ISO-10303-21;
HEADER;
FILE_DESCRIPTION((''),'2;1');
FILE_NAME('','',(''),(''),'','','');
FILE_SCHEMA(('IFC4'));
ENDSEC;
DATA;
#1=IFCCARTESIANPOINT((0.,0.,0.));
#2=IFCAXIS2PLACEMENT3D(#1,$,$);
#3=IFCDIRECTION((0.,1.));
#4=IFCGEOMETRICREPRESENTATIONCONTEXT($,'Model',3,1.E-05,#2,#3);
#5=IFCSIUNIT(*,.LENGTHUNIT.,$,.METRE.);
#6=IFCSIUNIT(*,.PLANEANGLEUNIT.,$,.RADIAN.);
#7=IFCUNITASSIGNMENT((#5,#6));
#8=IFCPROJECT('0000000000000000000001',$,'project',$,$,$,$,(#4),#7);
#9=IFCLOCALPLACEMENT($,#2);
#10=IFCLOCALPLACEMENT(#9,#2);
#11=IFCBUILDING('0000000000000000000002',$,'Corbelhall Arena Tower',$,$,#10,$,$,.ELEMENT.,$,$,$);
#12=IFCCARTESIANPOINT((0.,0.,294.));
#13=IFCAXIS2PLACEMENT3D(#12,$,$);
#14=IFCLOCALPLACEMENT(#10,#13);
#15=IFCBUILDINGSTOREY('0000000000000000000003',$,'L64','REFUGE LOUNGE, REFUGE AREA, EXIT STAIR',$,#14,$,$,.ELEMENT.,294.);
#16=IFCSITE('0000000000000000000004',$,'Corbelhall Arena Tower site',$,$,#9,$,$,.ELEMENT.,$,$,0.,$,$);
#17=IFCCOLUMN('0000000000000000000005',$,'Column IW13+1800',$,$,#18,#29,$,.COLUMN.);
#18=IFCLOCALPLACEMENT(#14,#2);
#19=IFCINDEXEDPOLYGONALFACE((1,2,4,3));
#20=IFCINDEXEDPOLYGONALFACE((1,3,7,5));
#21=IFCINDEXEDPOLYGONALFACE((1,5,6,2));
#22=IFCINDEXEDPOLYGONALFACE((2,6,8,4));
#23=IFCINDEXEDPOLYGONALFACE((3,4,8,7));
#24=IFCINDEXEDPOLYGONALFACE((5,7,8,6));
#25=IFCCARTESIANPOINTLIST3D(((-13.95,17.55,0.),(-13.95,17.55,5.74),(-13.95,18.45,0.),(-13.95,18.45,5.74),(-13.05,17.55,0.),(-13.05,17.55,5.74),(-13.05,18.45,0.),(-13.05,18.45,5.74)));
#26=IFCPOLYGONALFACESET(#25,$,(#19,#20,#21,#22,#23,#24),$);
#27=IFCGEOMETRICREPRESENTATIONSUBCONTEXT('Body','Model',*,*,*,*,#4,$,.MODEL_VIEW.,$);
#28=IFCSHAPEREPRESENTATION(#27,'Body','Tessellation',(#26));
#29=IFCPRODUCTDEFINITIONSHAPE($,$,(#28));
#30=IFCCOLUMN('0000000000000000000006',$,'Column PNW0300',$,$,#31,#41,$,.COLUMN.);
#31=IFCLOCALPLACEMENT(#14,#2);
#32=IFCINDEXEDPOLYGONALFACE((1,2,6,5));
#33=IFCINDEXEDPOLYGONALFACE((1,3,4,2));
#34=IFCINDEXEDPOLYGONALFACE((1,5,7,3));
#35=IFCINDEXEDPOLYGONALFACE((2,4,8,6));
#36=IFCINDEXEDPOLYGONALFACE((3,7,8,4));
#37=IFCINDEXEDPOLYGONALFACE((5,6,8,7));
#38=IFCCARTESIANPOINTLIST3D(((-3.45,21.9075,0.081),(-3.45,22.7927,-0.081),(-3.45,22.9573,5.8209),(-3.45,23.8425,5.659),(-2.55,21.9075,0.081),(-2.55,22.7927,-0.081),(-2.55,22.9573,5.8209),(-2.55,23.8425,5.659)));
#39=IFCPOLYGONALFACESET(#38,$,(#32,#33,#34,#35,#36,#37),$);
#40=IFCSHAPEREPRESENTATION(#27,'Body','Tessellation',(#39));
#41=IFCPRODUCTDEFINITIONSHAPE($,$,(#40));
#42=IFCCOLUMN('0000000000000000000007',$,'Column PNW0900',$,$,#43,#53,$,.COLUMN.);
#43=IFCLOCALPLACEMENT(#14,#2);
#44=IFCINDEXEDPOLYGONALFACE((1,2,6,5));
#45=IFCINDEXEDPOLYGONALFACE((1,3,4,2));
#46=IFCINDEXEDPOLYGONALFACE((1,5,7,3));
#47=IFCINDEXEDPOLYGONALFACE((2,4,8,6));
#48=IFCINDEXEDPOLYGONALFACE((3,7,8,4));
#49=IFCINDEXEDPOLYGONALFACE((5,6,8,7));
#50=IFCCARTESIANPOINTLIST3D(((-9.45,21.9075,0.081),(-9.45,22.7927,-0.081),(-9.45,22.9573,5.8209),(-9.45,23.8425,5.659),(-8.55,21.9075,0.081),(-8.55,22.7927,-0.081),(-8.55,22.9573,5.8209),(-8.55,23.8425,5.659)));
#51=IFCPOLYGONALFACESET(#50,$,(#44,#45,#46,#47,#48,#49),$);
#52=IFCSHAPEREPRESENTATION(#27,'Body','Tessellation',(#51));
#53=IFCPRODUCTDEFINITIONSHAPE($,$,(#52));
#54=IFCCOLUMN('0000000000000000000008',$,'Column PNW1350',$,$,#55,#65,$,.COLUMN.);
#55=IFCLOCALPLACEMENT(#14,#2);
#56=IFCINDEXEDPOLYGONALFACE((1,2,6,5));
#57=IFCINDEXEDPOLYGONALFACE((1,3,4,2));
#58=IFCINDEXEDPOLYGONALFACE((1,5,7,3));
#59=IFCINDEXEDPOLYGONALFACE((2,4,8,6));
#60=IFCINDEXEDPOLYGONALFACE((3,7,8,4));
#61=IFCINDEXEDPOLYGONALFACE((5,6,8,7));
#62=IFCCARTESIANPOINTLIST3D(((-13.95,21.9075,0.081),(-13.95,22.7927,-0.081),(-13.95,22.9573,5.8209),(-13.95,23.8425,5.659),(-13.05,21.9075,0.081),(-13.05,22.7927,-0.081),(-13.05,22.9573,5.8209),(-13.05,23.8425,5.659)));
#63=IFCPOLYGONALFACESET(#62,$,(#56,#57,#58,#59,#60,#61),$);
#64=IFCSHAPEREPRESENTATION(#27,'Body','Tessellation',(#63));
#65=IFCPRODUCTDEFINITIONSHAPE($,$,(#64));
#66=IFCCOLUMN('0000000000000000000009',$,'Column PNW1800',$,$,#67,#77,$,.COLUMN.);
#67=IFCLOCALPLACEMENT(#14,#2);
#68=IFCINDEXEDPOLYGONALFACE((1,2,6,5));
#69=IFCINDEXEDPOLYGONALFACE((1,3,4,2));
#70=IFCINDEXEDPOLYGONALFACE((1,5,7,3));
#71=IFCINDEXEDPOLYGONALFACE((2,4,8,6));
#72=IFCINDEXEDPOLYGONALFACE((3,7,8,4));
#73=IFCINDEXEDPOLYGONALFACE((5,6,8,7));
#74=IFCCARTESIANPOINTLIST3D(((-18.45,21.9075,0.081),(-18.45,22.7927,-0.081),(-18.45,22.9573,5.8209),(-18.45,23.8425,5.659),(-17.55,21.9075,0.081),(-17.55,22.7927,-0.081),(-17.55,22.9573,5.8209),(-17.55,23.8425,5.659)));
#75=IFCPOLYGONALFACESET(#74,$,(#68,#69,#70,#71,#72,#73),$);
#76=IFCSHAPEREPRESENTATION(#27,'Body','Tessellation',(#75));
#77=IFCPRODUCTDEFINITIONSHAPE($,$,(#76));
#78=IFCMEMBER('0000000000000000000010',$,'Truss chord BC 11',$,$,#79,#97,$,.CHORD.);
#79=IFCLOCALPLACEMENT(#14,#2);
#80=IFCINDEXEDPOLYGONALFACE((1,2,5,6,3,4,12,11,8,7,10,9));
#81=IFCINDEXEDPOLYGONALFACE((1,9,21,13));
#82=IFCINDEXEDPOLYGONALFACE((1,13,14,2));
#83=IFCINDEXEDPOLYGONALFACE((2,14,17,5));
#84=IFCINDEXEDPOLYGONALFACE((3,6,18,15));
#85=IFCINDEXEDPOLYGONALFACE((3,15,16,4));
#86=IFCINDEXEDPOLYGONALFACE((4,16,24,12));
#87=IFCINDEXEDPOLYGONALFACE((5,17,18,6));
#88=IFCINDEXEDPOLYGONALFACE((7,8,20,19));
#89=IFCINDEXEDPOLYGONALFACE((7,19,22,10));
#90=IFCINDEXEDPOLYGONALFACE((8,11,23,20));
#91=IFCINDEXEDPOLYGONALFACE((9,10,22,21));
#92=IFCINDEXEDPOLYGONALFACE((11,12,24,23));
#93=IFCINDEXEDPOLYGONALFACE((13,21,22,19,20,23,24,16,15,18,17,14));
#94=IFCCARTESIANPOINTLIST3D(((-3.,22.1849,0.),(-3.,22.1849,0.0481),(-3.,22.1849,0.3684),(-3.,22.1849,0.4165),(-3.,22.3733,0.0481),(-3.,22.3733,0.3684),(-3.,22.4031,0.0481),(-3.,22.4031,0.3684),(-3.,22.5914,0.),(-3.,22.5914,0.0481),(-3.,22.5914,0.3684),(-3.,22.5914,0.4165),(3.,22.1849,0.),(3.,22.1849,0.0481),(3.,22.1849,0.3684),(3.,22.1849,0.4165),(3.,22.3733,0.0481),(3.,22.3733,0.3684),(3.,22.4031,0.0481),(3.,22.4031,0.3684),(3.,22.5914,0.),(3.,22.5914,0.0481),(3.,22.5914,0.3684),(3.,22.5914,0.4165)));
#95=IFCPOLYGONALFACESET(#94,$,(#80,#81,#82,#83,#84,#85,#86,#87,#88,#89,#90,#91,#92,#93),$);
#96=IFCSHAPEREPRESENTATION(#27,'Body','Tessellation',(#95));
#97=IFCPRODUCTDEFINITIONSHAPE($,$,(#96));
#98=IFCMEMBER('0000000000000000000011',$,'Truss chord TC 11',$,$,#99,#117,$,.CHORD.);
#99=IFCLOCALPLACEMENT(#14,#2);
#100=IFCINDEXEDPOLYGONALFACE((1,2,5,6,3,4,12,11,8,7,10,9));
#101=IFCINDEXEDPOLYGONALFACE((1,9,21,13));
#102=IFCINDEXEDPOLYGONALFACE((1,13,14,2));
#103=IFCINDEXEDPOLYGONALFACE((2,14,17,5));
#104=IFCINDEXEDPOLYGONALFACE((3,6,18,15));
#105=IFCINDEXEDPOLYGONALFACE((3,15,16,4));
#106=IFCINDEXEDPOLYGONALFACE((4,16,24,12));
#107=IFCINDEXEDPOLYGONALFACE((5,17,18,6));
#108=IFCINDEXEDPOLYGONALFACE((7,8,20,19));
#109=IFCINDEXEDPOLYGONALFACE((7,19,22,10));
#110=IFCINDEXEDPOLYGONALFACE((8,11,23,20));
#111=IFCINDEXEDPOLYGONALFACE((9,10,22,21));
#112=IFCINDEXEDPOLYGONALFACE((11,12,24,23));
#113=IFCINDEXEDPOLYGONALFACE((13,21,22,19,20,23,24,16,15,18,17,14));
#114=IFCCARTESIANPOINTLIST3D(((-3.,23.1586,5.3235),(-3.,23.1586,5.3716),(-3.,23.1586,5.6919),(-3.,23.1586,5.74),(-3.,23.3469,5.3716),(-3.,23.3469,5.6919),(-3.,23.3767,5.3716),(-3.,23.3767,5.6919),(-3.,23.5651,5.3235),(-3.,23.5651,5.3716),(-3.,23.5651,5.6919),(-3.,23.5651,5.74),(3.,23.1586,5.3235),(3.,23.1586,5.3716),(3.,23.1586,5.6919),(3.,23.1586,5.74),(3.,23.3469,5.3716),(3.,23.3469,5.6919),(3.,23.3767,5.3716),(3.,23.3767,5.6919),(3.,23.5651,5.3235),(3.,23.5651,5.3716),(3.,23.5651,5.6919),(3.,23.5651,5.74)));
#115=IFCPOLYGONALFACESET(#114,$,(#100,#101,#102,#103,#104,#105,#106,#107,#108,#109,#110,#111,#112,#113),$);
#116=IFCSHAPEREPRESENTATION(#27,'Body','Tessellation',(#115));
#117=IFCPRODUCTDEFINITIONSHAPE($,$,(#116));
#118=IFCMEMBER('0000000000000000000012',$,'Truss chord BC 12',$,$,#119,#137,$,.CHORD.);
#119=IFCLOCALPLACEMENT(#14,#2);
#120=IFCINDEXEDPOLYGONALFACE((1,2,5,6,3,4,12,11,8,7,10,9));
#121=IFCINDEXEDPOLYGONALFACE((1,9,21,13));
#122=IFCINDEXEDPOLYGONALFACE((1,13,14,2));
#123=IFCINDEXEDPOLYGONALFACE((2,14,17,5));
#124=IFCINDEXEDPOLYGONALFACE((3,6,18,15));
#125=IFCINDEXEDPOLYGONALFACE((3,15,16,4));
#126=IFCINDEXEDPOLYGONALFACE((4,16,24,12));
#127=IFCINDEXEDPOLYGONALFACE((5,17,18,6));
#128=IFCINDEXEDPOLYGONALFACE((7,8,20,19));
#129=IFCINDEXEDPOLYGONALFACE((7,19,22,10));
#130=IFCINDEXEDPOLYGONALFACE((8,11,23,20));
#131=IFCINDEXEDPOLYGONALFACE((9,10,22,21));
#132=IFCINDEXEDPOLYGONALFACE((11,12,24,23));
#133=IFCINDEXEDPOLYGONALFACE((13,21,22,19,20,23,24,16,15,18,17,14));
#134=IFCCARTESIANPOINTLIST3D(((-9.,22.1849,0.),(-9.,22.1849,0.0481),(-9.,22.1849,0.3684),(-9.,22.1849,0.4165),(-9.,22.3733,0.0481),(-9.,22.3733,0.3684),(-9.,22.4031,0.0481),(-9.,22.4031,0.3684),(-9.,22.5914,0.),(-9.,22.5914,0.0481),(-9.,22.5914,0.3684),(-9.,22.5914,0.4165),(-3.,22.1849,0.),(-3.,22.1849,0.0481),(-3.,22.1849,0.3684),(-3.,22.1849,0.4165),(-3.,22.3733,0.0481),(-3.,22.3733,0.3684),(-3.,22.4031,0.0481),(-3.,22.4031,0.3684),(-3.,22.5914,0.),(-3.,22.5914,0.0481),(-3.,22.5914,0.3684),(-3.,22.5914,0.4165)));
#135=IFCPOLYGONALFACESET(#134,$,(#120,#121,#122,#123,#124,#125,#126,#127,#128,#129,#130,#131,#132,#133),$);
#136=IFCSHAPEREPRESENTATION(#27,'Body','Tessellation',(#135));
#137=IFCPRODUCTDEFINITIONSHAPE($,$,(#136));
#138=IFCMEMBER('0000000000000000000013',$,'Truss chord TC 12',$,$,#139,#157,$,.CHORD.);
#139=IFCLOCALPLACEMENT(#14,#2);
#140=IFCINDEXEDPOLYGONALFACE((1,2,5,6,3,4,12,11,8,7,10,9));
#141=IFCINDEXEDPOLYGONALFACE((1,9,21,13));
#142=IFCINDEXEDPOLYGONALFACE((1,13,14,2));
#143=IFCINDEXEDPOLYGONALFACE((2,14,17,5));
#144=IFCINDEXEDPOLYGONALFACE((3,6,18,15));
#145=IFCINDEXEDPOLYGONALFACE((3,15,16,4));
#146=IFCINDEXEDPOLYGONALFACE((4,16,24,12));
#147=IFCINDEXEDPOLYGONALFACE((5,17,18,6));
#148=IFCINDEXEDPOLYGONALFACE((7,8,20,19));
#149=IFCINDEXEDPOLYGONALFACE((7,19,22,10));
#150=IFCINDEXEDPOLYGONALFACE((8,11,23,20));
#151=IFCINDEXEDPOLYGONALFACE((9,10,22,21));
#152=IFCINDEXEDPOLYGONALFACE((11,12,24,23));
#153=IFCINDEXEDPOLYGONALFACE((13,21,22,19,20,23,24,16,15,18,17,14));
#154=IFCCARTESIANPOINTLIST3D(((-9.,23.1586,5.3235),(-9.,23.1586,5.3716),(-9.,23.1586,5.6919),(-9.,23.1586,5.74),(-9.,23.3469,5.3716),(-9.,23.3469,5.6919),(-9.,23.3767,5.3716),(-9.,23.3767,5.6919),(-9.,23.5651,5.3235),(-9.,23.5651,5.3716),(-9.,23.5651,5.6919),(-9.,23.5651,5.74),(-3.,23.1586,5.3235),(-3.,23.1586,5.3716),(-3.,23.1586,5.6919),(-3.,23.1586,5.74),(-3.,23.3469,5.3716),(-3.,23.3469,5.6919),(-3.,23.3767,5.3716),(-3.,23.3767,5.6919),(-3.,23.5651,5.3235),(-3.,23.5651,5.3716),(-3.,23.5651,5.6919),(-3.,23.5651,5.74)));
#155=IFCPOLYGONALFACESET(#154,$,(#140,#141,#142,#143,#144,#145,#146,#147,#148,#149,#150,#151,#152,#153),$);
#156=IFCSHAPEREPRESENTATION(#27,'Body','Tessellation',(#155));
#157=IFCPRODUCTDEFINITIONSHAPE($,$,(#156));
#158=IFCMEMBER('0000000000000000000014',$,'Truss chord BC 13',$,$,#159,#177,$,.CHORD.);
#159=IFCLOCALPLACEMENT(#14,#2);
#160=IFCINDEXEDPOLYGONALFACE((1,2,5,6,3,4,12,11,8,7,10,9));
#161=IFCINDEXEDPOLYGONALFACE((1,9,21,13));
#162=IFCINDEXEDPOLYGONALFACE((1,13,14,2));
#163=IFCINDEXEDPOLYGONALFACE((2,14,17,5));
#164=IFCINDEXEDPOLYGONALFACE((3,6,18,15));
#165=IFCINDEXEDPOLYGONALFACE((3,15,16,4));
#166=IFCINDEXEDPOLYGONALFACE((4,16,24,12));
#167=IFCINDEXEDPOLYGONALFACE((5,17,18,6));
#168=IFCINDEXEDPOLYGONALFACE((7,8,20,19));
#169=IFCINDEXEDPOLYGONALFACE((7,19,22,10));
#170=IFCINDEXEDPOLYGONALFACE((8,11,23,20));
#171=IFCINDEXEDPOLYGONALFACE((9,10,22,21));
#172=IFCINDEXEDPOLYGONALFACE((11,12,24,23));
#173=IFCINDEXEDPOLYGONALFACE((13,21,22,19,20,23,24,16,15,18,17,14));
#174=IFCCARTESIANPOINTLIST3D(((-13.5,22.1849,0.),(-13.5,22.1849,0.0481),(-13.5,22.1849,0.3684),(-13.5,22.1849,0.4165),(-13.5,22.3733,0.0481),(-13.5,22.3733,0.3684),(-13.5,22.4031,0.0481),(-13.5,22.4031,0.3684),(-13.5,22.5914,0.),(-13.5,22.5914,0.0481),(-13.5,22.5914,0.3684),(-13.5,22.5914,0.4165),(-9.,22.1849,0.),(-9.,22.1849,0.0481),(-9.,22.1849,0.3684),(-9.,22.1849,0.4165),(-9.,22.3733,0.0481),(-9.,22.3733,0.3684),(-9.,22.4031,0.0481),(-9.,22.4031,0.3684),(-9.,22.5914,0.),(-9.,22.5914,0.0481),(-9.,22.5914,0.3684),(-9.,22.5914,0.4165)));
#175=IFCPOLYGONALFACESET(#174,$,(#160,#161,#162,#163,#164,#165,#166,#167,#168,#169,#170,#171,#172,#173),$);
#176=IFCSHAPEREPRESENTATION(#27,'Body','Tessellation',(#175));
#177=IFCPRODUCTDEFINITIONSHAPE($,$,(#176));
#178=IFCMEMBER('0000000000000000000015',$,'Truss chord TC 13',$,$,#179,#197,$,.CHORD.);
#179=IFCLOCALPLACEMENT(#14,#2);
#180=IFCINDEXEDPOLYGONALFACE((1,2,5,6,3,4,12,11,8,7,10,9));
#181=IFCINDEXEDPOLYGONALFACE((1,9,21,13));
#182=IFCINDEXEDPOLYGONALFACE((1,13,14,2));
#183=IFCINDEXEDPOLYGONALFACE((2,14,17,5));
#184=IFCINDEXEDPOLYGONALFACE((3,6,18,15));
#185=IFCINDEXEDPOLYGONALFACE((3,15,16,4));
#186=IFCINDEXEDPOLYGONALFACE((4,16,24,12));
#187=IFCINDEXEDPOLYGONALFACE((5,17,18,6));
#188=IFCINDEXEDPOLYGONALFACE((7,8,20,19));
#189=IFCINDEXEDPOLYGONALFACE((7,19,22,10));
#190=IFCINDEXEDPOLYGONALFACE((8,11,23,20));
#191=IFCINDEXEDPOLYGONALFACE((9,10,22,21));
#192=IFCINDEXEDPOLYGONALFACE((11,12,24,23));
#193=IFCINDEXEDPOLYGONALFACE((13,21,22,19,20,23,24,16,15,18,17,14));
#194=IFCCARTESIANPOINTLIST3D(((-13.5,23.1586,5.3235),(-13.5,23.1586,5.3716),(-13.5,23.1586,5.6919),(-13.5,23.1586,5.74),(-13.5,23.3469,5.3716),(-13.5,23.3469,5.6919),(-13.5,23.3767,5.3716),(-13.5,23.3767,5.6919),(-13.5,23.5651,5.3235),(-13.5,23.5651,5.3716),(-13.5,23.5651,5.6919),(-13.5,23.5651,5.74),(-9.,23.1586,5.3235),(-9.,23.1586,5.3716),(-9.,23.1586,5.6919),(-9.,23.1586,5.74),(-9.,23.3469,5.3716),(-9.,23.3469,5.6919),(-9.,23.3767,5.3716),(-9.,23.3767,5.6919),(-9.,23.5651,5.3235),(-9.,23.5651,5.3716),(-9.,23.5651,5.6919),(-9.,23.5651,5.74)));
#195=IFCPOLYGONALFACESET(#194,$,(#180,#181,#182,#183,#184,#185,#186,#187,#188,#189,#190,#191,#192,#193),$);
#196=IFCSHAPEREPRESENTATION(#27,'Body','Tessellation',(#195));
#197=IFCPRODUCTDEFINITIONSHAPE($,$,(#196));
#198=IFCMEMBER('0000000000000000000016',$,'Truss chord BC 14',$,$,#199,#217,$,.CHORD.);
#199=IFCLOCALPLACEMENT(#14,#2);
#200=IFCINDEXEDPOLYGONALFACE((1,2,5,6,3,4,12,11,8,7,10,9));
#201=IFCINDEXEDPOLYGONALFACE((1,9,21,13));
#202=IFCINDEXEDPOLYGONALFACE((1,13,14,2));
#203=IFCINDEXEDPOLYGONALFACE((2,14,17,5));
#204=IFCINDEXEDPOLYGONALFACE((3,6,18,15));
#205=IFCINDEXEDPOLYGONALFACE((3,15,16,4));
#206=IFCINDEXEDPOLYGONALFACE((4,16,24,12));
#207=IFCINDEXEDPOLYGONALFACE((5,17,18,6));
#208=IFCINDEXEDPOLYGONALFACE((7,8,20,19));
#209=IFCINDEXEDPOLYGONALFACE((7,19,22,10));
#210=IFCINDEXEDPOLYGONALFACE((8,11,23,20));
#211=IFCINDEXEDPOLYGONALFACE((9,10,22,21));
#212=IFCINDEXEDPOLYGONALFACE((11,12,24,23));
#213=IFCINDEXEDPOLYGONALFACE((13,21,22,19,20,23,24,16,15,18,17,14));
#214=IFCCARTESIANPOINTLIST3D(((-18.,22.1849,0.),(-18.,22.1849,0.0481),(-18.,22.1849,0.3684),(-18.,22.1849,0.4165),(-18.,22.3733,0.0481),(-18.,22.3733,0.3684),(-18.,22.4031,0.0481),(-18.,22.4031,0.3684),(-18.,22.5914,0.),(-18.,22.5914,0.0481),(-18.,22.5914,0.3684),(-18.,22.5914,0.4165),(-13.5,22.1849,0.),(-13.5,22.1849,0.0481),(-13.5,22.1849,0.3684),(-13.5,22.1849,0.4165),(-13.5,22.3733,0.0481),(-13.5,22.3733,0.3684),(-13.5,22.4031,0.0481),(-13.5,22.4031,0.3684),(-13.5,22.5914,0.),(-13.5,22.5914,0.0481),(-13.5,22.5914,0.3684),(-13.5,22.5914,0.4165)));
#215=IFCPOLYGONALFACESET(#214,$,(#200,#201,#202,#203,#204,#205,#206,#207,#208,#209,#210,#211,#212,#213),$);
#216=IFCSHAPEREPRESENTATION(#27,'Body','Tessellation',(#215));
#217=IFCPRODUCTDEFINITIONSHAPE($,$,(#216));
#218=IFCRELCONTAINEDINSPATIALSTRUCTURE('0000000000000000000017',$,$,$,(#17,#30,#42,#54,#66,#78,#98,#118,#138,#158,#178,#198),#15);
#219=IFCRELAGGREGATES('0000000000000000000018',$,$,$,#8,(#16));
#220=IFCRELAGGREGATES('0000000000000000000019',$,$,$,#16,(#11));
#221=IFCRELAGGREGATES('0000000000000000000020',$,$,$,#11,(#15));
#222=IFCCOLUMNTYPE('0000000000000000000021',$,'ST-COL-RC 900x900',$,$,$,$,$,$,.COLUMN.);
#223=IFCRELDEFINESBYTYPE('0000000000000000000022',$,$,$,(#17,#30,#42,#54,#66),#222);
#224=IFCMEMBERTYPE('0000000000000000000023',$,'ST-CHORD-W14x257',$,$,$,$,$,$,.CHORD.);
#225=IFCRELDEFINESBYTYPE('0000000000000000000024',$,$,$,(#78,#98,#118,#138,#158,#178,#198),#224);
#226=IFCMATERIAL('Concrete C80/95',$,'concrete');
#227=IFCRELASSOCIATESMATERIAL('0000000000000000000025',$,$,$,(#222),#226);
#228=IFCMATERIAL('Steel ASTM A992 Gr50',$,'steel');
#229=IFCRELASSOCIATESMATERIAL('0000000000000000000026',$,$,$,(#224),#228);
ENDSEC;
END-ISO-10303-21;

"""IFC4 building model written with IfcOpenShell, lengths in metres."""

from ifc_helpers import new_model, si_unit, direction, frame, origin, origin_2d, place, context, subcontext, project, spatial, rectangle, i_section, extrude, material, material_profile, profile_set, type_object, element, save


model = new_model("IFC4")

# Units and contexts
model_context = context("Model", 3, precision=1e-05, world=origin(), true_north=direction((0.0, 1.0)))
body_context = subcontext(model_context, "Body", "Model", "MODEL_VIEW")
ifc_project = project(units=[si_unit("LENGTHUNIT", "METRE"), si_unit("PLANEANGLEUNIT", "RADIAN")], contexts=[model_context])

# Site, building, storey
site_placement = place(None, origin())
site = spatial("IfcSite", under=ifc_project, at=site_placement, Name="Corbelhall Arena Tower site", CompositionType="ELEMENT", RefElevation=0.0)
building_placement = place(site_placement, origin())
building = spatial("IfcBuilding", under=site, at=building_placement, Name="Corbelhall Arena Tower", CompositionType="ELEMENT")
storey_placement = place(building_placement, frame((0.0, 0.0, 294.0)))
storey = spatial("IfcBuildingStorey", under=building, at=storey_placement, Name="L64", Description="REFUGE LOUNGE, REFUGE AREA, EXIT STAIR", CompositionType="ELEMENT", Elevation=294.0)

# Columns
ifc_material_1 = material(Name="Concrete C80/95", Category="concrete")
ifc_material_profile_1 = material_profile(ifc_material_1, rectangle(XDim=0.8999, YDim=0.8999, at=origin_2d()))
ifc_profile_set_1 = profile_set([ifc_material_profile_1], Name="Concrete C80/95")
column_type = type_object("IfcColumnType", Name="ST-COL-RC 900x900", PredefinedType="COLUMN", material=ifc_profile_set_1)
column_placement = place(storey_placement, frame((-13.5, 18.0, 0.0), z_axis=(0.0, 0.0, 1.0), x_axis=(1.0, 0.0, 0.0)))
element("IfcColumn", 1, at=column_placement, inside=storey, type_object=column_type, Name="Column IW13+1800", PredefinedType="COLUMN", context=body_context, shape_type="SweptSolid", body=[
    extrude(rectangle(XDim=0.8999, YDim=0.8999, at=origin_2d()), origin(), (0.0, 0.0, 1.0), 5.74),
])
for number, where, z_axis, x_axis, name in (
    (2, (-3.0, 22.3501, 0.0), (0.0, 0.179909, 0.983683), (-1.0, 0.0, 0.0), "Column PNW0300"),
    (3, (-9.0, 22.3501, 0.0), (0.0, 0.179909, 0.983683), (-1.0, 0.0, 0.0), "Column PNW0900"),
    (4, (-13.5, 22.3501, 0.0), (0.0, 0.179909, 0.983683), (-1.0, 0.0, 0.0), "Column PNW1350"),
    (5, (-18.0, 22.3501, 0.0), (0.0, 0.179909, 0.983683), (-1.0, 0.0, 0.0), "Column PNW1800"),
):
    element("IfcColumn", number, at=place(storey_placement, frame(where, z_axis=z_axis, x_axis=x_axis)), inside=storey, type_object=column_type, Name=name, PredefinedType="COLUMN", context=body_context, shape_type="SweptSolid", body=[
        extrude(rectangle(XDim=0.8999, YDim=0.8999, at=origin_2d()), origin(), (0.0, 0.0, 1.0), 5.8352),
    ])

# Members
ifc_material_2 = material(Name="Steel ASTM A992 Gr50", Category="steel")
ifc_material_profile_2 = material_profile(ifc_material_2, i_section(OverallWidth=0.4065, OverallDepth=0.4165, WebThickness=0.0298, FlangeThickness=0.0481, at=origin_2d()))
ifc_profile_set_2 = profile_set([ifc_material_profile_2], Name="Steel ASTM A992 Gr50")
member_type_1 = type_object("IfcMemberType", Name="ST-CHORD-W14x257", PredefinedType="CHORD", material=ifc_profile_set_2)
for number, where, z_axis, x_axis, name in (
    (6, (-3.0, 22.3882, 0.2083), (1.0, 0.0, 0.0), (0.0, 1.0, 0.0), "Truss chord BC 11"),
    (7, (-3.0, 23.3618, 5.5317), (1.0, 0.0, 0.0), (0.0, 1.0, 0.0), "Truss chord TC 11"),
    (8, (-9.0, 22.3882, 0.2083), (1.0, 0.0, 0.0), (0.0, 1.0, 0.0), "Truss chord BC 12"),
    (9, (-9.0, 23.3618, 5.5317), (1.0, 0.0, 0.0), (0.0, 1.0, 0.0), "Truss chord TC 12"),
):
    element("IfcMember", number, at=place(storey_placement, frame(where, z_axis=z_axis, x_axis=x_axis)), inside=storey, type_object=member_type_1, Name=name, PredefinedType="CHORD", context=body_context, shape_type="SweptSolid", body=[
        extrude(i_section(OverallWidth=0.4065, OverallDepth=0.4165, WebThickness=0.0298, FlangeThickness=0.0481, at=origin_2d()), origin(), (0.0, 0.0, 1.0), 6.0),
    ])
for number, where, z_axis, x_axis, name in (
    (10, (-13.5, 22.3882, 0.2083), (1.0, 0.0, 0.0), (0.0, 1.0, 0.0), "Truss chord BC 13"),
    (11, (-13.5, 23.3618, 5.5317), (1.0, 0.0, 0.0), (0.0, 1.0, 0.0), "Truss chord TC 13"),
    (12, (-18.0, 22.3882, 0.2083), (1.0, 0.0, 0.0), (0.0, 1.0, 0.0), "Truss chord BC 14"),
):
    element("IfcMember", number, at=place(storey_placement, frame(where, z_axis=z_axis, x_axis=x_axis)), inside=storey, type_object=member_type_1, Name=name, PredefinedType="CHORD", context=body_context, shape_type="SweptSolid", body=[
        extrude(i_section(OverallWidth=0.4065, OverallDepth=0.4165, WebThickness=0.0298, FlangeThickness=0.0481, at=origin_2d()), origin(), (0.0, 0.0, 1.0), 4.5),
    ])

save(model, "model.ifc")
